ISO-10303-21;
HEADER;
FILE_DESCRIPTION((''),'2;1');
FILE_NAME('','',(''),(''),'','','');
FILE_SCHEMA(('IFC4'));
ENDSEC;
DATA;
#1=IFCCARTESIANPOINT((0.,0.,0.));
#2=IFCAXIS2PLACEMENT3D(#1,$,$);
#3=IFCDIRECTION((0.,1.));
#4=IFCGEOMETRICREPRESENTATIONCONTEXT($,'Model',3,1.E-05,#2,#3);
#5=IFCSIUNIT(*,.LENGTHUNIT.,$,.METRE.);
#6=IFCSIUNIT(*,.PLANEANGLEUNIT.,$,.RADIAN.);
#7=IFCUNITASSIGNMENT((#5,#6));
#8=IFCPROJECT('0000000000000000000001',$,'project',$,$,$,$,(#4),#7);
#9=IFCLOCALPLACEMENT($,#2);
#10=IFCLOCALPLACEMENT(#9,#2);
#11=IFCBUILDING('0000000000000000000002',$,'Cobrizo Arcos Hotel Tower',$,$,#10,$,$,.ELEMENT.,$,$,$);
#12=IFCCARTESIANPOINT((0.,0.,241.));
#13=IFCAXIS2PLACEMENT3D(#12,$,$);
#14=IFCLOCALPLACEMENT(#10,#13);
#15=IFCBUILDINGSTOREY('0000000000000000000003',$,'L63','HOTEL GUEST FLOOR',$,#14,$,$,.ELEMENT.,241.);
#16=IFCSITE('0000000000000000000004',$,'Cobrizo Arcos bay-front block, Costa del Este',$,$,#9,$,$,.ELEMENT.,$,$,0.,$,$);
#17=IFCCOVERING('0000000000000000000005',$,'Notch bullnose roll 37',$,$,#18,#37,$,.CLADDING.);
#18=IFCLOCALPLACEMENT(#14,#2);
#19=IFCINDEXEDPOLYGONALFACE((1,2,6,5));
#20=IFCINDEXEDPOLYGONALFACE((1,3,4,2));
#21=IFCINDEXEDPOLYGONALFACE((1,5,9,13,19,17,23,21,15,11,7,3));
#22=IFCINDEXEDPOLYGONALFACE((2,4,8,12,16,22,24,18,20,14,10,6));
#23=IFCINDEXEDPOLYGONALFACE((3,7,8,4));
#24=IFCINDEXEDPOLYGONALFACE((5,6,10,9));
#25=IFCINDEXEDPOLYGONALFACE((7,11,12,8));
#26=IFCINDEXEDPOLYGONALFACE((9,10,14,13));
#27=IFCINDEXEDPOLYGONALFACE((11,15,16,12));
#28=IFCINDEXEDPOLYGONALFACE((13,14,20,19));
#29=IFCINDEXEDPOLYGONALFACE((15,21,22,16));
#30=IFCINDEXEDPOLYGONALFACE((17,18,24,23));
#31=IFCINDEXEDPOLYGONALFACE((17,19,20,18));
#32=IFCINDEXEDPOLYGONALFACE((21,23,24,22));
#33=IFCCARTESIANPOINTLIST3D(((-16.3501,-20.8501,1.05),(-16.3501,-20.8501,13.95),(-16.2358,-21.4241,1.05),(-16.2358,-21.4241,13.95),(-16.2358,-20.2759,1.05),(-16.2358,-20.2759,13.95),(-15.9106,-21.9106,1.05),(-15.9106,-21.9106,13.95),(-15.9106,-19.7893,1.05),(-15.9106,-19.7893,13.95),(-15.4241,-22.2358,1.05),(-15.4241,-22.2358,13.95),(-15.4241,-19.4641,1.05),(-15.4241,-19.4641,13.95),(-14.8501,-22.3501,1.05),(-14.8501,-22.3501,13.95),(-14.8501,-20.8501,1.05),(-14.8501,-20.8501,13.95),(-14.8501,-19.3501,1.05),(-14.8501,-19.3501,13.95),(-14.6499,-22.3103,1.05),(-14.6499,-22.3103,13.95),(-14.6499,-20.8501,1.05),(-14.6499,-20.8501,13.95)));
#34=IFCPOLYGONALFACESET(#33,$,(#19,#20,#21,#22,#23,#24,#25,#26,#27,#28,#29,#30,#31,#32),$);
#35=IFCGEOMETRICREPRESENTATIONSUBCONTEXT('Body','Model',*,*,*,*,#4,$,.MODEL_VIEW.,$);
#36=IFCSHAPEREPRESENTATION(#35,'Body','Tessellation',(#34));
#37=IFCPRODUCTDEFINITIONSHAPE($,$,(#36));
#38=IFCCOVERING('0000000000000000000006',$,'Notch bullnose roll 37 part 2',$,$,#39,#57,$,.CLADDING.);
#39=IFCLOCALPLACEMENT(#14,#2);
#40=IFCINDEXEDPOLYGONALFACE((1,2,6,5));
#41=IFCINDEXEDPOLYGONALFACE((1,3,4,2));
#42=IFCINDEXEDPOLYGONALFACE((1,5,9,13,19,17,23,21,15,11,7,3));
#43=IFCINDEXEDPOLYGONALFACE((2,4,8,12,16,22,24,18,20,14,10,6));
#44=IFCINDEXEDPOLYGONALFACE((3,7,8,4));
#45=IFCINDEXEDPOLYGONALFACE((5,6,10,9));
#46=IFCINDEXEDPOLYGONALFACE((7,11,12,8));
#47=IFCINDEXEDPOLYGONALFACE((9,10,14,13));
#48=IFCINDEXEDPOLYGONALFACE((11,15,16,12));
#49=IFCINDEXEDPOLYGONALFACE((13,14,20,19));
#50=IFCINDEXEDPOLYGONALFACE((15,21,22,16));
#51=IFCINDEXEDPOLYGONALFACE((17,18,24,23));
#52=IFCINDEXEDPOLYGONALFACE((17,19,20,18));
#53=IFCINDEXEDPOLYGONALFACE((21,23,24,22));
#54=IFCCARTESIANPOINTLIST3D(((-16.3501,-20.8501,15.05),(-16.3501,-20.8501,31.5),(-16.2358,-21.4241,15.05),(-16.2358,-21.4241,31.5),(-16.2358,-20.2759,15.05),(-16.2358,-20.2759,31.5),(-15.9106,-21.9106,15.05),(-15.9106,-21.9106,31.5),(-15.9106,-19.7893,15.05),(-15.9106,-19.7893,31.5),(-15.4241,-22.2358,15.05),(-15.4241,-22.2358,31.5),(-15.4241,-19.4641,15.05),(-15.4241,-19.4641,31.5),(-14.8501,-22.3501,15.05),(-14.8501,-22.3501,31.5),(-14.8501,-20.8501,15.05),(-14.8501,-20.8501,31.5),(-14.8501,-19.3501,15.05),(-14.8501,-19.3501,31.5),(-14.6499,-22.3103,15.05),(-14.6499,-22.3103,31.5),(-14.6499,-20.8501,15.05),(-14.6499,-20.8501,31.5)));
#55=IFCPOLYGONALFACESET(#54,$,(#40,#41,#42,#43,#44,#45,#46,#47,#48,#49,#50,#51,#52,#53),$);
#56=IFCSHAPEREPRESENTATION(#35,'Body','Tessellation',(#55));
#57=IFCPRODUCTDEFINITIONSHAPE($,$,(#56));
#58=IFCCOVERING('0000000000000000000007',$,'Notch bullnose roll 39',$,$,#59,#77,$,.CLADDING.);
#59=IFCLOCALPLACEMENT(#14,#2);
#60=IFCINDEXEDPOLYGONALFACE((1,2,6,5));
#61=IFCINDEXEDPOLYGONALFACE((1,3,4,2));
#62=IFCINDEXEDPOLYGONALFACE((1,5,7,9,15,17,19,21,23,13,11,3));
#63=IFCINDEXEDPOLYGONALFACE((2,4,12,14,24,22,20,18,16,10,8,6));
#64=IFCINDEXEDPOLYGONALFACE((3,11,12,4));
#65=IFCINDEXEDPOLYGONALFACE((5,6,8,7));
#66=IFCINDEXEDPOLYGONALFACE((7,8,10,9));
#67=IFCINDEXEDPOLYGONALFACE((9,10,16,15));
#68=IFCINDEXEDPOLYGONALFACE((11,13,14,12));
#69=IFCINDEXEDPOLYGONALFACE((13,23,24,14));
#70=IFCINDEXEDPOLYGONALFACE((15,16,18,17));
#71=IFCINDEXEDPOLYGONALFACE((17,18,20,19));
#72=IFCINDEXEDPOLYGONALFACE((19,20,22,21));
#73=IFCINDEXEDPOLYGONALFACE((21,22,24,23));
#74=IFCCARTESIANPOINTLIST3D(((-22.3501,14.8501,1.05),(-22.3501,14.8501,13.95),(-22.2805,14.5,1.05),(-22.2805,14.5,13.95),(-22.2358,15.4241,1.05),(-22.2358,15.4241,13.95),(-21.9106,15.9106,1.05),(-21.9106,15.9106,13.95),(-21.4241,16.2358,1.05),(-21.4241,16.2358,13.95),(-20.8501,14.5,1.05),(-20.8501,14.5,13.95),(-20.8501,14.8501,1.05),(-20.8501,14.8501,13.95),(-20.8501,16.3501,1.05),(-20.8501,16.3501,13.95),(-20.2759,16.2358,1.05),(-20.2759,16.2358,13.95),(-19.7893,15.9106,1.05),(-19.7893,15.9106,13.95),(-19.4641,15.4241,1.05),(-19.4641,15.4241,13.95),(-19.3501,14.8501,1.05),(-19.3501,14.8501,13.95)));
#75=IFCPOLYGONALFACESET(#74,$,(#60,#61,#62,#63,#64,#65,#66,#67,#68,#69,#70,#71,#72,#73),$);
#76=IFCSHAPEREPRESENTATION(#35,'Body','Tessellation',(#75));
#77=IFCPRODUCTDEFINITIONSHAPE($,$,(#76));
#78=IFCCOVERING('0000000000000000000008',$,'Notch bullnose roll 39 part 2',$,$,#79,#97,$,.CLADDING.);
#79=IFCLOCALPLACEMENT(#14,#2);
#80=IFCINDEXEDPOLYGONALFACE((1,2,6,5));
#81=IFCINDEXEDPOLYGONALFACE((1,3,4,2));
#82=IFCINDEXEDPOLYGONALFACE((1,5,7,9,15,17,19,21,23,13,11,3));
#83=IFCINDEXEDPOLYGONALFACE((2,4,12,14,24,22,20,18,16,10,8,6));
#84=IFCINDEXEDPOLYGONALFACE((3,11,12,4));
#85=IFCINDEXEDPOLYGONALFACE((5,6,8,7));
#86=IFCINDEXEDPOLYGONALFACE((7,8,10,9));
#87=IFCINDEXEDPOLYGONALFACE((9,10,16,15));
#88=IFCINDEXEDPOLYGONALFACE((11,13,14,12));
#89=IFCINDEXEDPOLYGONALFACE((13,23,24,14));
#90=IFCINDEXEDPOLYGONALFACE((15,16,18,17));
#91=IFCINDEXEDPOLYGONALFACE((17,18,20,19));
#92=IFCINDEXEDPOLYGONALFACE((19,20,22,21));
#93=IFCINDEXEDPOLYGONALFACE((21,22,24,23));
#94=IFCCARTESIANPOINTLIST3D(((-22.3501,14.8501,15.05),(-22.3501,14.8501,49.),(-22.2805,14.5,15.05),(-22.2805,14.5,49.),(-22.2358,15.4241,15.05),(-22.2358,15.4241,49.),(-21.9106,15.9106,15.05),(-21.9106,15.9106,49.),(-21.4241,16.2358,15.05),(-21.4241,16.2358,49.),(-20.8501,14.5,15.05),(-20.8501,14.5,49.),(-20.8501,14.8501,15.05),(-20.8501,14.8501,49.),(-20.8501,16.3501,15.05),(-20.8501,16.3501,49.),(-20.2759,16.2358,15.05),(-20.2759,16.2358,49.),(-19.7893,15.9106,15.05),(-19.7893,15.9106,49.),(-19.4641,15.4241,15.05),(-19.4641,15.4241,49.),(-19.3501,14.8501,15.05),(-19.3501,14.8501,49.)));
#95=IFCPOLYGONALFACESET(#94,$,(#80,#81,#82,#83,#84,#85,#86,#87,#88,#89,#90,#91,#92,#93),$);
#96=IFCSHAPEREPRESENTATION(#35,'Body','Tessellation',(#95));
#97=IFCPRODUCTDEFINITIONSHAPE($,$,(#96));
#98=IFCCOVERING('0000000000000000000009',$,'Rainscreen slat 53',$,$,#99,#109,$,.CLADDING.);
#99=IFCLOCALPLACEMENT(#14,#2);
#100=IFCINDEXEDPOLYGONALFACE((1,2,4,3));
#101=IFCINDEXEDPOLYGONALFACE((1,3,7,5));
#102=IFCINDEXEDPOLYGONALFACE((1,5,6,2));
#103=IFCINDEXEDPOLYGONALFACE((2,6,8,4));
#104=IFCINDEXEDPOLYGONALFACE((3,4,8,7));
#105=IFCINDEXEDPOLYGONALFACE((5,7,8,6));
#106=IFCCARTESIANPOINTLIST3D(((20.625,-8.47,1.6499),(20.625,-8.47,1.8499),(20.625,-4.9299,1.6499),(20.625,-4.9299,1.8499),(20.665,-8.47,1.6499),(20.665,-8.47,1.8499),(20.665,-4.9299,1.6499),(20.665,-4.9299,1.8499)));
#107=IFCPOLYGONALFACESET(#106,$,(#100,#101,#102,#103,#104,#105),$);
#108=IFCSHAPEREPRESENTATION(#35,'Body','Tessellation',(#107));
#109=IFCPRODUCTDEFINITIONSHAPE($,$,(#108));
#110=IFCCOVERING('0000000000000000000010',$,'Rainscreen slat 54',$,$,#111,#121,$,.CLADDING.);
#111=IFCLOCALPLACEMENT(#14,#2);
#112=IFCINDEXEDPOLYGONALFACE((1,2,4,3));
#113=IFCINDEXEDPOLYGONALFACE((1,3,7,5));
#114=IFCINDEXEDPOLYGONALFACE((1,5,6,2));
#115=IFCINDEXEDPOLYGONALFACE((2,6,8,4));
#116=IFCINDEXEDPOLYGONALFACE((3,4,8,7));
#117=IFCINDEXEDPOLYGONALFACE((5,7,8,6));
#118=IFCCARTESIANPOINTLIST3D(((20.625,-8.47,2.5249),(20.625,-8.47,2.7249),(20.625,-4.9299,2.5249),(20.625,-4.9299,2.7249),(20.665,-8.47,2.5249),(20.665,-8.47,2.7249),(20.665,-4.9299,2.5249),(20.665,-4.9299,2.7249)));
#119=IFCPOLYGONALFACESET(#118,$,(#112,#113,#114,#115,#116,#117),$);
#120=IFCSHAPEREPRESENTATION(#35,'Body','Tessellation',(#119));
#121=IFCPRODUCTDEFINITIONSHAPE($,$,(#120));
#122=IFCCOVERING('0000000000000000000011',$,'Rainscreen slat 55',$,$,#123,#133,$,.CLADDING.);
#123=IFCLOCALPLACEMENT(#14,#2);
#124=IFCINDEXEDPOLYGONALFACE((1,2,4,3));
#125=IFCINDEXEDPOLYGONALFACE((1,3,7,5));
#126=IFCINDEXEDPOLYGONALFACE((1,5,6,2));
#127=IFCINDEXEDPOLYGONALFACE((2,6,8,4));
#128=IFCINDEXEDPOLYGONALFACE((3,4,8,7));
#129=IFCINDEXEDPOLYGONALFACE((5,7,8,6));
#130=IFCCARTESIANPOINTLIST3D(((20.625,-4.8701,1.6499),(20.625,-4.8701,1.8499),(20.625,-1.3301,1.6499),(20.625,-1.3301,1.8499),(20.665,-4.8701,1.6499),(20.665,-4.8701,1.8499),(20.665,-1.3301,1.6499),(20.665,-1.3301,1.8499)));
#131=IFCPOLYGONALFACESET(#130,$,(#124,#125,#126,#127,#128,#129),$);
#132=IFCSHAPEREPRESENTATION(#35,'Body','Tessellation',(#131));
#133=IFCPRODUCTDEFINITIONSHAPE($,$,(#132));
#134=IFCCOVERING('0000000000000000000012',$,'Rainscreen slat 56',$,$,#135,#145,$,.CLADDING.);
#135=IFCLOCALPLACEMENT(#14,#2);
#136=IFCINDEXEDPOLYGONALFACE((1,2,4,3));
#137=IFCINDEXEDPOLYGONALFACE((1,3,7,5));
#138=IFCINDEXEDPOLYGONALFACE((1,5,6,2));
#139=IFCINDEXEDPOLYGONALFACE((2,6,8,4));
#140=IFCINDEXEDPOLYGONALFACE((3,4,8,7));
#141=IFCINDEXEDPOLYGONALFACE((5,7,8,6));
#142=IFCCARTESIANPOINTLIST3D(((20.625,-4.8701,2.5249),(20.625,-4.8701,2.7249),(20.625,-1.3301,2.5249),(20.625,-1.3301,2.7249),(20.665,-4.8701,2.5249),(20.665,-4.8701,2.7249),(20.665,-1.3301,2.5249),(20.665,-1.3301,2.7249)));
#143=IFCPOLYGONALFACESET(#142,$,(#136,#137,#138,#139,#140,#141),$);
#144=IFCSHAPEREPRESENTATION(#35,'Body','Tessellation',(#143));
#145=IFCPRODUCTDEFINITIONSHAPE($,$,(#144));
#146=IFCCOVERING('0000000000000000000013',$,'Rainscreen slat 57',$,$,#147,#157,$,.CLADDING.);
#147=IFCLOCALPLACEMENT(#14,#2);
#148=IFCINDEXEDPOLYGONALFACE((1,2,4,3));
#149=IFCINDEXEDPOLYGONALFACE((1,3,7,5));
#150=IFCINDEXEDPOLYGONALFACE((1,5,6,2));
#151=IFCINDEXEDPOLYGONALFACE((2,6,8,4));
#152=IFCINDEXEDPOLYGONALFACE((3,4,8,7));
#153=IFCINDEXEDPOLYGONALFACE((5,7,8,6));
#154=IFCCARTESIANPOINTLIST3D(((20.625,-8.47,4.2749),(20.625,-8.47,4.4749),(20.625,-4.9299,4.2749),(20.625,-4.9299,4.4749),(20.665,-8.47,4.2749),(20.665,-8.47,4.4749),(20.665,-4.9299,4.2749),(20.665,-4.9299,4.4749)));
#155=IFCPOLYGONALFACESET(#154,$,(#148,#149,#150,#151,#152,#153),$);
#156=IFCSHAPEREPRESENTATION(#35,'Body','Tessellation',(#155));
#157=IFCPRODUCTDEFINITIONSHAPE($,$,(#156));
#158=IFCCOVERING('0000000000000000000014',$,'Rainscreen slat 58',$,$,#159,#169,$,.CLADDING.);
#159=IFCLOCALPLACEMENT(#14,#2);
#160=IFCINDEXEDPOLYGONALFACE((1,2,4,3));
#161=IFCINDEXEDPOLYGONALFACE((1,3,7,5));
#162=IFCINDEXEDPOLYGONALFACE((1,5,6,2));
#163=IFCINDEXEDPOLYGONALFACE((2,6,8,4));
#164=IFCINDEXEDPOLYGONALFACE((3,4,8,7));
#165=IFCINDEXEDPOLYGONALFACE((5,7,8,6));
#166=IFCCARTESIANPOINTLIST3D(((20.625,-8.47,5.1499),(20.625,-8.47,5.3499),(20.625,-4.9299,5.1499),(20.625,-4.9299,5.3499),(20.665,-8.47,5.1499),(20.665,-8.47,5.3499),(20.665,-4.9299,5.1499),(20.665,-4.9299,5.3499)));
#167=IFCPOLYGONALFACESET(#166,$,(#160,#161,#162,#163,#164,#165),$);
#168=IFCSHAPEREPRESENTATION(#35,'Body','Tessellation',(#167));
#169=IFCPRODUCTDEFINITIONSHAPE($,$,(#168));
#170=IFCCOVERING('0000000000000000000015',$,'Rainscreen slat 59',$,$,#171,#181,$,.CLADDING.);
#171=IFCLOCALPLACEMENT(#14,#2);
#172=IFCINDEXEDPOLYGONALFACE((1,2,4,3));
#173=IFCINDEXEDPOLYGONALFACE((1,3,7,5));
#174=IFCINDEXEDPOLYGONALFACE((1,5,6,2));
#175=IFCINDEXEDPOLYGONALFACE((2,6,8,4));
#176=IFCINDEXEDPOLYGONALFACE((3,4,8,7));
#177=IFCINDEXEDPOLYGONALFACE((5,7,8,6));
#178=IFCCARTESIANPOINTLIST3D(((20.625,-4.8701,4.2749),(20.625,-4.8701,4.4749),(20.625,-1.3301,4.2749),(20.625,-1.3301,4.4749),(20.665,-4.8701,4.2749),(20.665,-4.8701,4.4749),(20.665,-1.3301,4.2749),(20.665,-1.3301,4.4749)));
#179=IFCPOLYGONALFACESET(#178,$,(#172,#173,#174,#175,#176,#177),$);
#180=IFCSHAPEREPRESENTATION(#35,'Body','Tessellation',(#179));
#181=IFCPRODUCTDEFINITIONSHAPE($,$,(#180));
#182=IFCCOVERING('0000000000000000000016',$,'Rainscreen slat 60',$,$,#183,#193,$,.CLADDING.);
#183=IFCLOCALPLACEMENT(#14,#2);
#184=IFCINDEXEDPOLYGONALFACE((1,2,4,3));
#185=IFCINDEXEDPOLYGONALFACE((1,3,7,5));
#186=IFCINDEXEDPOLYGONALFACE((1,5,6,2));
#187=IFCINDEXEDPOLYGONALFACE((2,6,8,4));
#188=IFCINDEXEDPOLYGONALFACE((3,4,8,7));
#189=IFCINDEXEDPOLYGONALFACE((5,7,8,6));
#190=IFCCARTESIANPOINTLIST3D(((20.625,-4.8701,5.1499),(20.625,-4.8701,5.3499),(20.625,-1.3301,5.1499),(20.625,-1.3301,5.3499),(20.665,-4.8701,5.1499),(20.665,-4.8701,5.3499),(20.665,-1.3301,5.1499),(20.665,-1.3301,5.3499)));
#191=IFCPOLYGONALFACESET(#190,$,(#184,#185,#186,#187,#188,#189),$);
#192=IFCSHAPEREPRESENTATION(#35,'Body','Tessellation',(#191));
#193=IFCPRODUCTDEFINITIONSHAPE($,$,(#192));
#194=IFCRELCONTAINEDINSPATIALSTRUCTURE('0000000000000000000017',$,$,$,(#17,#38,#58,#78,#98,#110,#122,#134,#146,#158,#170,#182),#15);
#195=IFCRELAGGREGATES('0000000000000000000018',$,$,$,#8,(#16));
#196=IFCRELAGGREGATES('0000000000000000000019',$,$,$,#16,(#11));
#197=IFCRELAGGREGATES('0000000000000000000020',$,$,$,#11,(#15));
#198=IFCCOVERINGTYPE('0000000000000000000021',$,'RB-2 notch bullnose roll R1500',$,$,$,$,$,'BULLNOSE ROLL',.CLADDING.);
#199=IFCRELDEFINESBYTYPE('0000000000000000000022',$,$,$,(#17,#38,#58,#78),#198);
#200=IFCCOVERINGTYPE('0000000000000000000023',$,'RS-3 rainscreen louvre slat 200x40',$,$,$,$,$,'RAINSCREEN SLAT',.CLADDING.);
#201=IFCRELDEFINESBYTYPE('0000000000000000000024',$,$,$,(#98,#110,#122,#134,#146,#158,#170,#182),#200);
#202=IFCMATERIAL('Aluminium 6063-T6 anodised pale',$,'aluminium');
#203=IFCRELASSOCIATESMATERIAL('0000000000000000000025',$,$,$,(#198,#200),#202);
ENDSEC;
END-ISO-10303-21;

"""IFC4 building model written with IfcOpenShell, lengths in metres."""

from ifc_helpers import new_model, si_unit, direction, frame, origin, origin_2d, place, context, subcontext, project, spatial, polyline, rectangle, outline, extrude, material, type_object, element, save


model = new_model("IFC4")

# Units and contexts
model_context = context("Model", 3, precision=1e-05, world=origin(), true_north=direction((0.0, 1.0)))
body_context = subcontext(model_context, "Body", "Model", "MODEL_VIEW")
ifc_project = project(units=[si_unit("LENGTHUNIT", "METRE"), si_unit("PLANEANGLEUNIT", "RADIAN")], contexts=[model_context])

# Site, building, storey
site_placement = place(None, origin())
site = spatial("IfcSite", under=ifc_project, at=site_placement, Name="Cobrizo Arcos bay-front block, Costa del Este", CompositionType="ELEMENT", RefElevation=0.0)
building_placement = place(site_placement, origin())
building = spatial("IfcBuilding", under=site, at=building_placement, Name="Cobrizo Arcos Hotel Tower", CompositionType="ELEMENT")
storey_placement = place(building_placement, frame((0.0, 0.0, 241.0)))
storey = spatial("IfcBuildingStorey", under=building, at=storey_placement, Name="L63", Description="HOTEL GUEST FLOOR", CompositionType="ELEMENT", Elevation=241.0)

# Coverings
ifc_material_1 = material(Name="Aluminium 6063-T6 anodised pale", Category="aluminium")
covering_type_1 = type_object("IfcCoveringType", Name="RB-2 notch bullnose roll R1500", ElementType="BULLNOSE ROLL", PredefinedType="CLADDING", material=ifc_material_1)
covering_1_placement = place(storey_placement, frame((0.0, 0.0, 1.05)))
element("IfcCovering", 1, at=covering_1_placement, inside=storey, type_object=covering_type_1, Name="Notch bullnose roll 37", PredefinedType="CLADDING", context=body_context, shape_type="SweptSolid", body=[
    extrude(outline(polyline([(-15.9106, -19.7893), (-16.2358, -20.2759), (-16.3501, -20.8501), (-16.2358, -21.4241), (-15.9106, -21.9106), (-15.4241, -22.2358), (-14.8501, -22.3501), (-14.6499, -22.3103), (-14.6499, -20.8501), (-14.8501, -20.8501), (-14.8501, -19.3501), (-15.4241, -19.4641), (-15.9106, -19.7893)])), origin(), (0.0, 0.0, 1.0), 12.8999),
])
covering_2_placement = place(storey_placement, frame((0.0, 0.0, 15.05)))
element("IfcCovering", 2, at=covering_2_placement, inside=storey, type_object=covering_type_1, Name="Notch bullnose roll 37 part 2", PredefinedType="CLADDING", context=body_context, shape_type="SweptSolid", body=[
    extrude(outline(polyline([(-15.9106, -19.7893), (-16.2358, -20.2759), (-16.3501, -20.8501), (-16.2358, -21.4241), (-15.9106, -21.9106), (-15.4241, -22.2358), (-14.8501, -22.3501), (-14.6499, -22.3103), (-14.6499, -20.8501), (-14.8501, -20.8501), (-14.8501, -19.3501), (-15.4241, -19.4641), (-15.9106, -19.7893)])), origin(), (0.0, 0.0, 1.0), 16.45),
])
covering_3_placement = place(storey_placement, frame((0.0, 0.0, 1.05)))
element("IfcCovering", 3, at=covering_3_placement, inside=storey, type_object=covering_type_1, Name="Notch bullnose roll 39", PredefinedType="CLADDING", context=body_context, shape_type="SweptSolid", body=[
    extrude(outline(polyline([(-19.7893, 15.9106), (-20.2759, 16.2358), (-20.8501, 16.3501), (-21.4241, 16.2358), (-21.9106, 15.9106), (-22.2358, 15.4241), (-22.3501, 14.8501), (-22.2805, 14.5), (-20.8501, 14.5), (-20.8501, 14.8501), (-19.3501, 14.8501), (-19.4641, 15.4241), (-19.7893, 15.9106)])), origin(), (0.0, 0.0, 1.0), 12.8999),
])
covering_4_placement = place(storey_placement, frame((0.0, 0.0, 15.05)))
element("IfcCovering", 4, at=covering_4_placement, inside=storey, type_object=covering_type_1, Name="Notch bullnose roll 39 part 2", PredefinedType="CLADDING", context=body_context, shape_type="SweptSolid", body=[
    extrude(outline(polyline([(-19.7893, 15.9106), (-20.2759, 16.2358), (-20.8501, 16.3501), (-21.4241, 16.2358), (-21.9106, 15.9106), (-22.2358, 15.4241), (-22.3501, 14.8501), (-22.2805, 14.5), (-20.8501, 14.5), (-20.8501, 14.8501), (-19.3501, 14.8501), (-19.4641, 15.4241), (-19.7893, 15.9106)])), origin(), (0.0, 0.0, 1.0), 33.95),
])
covering_type_2 = type_object("IfcCoveringType", Name="RS-3 rainscreen louvre slat 200x40", ElementType="RAINSCREEN SLAT", PredefinedType="CLADDING", material=ifc_material_1)
for number, where, z_axis, x_axis, name in (
    (5, (20.645, -6.7, 1.6499), (0.0, 0.0, 1.0), (0.0, 1.0, 0.0), "Rainscreen slat 53"),
    (6, (20.645, -6.7, 2.5249), (0.0, 0.0, 1.0), (0.0, 1.0, 0.0), "Rainscreen slat 54"),
    (7, (20.645, -3.1001, 1.6499), (0.0, 0.0, 1.0), (0.0, 1.0, 0.0), "Rainscreen slat 55"),
    (8, (20.645, -3.1001, 2.5249), (0.0, 0.0, 1.0), (0.0, 1.0, 0.0), "Rainscreen slat 56"),
    (9, (20.645, -6.7, 4.2749), (0.0, 0.0, 1.0), (0.0, 1.0, 0.0), "Rainscreen slat 57"),
    (10, (20.645, -6.7, 5.1499), (0.0, 0.0, 1.0), (0.0, 1.0, 0.0), "Rainscreen slat 58"),
    (11, (20.645, -3.1001, 4.2749), (0.0, 0.0, 1.0), (0.0, 1.0, 0.0), "Rainscreen slat 59"),
    (12, (20.645, -3.1001, 5.1499), (0.0, 0.0, 1.0), (0.0, 1.0, 0.0), "Rainscreen slat 60"),
):
    element("IfcCovering", number, at=place(storey_placement, frame(where, z_axis=z_axis, x_axis=x_axis)), inside=storey, type_object=covering_type_2, Name=name, PredefinedType="CLADDING", context=body_context, shape_type="SweptSolid", body=[
        extrude(rectangle(XDim=3.54, YDim=0.04, at=origin_2d()), origin(), (0.0, 0.0, 1.0), 0.2),
    ])

save(model, "model.ifc")
